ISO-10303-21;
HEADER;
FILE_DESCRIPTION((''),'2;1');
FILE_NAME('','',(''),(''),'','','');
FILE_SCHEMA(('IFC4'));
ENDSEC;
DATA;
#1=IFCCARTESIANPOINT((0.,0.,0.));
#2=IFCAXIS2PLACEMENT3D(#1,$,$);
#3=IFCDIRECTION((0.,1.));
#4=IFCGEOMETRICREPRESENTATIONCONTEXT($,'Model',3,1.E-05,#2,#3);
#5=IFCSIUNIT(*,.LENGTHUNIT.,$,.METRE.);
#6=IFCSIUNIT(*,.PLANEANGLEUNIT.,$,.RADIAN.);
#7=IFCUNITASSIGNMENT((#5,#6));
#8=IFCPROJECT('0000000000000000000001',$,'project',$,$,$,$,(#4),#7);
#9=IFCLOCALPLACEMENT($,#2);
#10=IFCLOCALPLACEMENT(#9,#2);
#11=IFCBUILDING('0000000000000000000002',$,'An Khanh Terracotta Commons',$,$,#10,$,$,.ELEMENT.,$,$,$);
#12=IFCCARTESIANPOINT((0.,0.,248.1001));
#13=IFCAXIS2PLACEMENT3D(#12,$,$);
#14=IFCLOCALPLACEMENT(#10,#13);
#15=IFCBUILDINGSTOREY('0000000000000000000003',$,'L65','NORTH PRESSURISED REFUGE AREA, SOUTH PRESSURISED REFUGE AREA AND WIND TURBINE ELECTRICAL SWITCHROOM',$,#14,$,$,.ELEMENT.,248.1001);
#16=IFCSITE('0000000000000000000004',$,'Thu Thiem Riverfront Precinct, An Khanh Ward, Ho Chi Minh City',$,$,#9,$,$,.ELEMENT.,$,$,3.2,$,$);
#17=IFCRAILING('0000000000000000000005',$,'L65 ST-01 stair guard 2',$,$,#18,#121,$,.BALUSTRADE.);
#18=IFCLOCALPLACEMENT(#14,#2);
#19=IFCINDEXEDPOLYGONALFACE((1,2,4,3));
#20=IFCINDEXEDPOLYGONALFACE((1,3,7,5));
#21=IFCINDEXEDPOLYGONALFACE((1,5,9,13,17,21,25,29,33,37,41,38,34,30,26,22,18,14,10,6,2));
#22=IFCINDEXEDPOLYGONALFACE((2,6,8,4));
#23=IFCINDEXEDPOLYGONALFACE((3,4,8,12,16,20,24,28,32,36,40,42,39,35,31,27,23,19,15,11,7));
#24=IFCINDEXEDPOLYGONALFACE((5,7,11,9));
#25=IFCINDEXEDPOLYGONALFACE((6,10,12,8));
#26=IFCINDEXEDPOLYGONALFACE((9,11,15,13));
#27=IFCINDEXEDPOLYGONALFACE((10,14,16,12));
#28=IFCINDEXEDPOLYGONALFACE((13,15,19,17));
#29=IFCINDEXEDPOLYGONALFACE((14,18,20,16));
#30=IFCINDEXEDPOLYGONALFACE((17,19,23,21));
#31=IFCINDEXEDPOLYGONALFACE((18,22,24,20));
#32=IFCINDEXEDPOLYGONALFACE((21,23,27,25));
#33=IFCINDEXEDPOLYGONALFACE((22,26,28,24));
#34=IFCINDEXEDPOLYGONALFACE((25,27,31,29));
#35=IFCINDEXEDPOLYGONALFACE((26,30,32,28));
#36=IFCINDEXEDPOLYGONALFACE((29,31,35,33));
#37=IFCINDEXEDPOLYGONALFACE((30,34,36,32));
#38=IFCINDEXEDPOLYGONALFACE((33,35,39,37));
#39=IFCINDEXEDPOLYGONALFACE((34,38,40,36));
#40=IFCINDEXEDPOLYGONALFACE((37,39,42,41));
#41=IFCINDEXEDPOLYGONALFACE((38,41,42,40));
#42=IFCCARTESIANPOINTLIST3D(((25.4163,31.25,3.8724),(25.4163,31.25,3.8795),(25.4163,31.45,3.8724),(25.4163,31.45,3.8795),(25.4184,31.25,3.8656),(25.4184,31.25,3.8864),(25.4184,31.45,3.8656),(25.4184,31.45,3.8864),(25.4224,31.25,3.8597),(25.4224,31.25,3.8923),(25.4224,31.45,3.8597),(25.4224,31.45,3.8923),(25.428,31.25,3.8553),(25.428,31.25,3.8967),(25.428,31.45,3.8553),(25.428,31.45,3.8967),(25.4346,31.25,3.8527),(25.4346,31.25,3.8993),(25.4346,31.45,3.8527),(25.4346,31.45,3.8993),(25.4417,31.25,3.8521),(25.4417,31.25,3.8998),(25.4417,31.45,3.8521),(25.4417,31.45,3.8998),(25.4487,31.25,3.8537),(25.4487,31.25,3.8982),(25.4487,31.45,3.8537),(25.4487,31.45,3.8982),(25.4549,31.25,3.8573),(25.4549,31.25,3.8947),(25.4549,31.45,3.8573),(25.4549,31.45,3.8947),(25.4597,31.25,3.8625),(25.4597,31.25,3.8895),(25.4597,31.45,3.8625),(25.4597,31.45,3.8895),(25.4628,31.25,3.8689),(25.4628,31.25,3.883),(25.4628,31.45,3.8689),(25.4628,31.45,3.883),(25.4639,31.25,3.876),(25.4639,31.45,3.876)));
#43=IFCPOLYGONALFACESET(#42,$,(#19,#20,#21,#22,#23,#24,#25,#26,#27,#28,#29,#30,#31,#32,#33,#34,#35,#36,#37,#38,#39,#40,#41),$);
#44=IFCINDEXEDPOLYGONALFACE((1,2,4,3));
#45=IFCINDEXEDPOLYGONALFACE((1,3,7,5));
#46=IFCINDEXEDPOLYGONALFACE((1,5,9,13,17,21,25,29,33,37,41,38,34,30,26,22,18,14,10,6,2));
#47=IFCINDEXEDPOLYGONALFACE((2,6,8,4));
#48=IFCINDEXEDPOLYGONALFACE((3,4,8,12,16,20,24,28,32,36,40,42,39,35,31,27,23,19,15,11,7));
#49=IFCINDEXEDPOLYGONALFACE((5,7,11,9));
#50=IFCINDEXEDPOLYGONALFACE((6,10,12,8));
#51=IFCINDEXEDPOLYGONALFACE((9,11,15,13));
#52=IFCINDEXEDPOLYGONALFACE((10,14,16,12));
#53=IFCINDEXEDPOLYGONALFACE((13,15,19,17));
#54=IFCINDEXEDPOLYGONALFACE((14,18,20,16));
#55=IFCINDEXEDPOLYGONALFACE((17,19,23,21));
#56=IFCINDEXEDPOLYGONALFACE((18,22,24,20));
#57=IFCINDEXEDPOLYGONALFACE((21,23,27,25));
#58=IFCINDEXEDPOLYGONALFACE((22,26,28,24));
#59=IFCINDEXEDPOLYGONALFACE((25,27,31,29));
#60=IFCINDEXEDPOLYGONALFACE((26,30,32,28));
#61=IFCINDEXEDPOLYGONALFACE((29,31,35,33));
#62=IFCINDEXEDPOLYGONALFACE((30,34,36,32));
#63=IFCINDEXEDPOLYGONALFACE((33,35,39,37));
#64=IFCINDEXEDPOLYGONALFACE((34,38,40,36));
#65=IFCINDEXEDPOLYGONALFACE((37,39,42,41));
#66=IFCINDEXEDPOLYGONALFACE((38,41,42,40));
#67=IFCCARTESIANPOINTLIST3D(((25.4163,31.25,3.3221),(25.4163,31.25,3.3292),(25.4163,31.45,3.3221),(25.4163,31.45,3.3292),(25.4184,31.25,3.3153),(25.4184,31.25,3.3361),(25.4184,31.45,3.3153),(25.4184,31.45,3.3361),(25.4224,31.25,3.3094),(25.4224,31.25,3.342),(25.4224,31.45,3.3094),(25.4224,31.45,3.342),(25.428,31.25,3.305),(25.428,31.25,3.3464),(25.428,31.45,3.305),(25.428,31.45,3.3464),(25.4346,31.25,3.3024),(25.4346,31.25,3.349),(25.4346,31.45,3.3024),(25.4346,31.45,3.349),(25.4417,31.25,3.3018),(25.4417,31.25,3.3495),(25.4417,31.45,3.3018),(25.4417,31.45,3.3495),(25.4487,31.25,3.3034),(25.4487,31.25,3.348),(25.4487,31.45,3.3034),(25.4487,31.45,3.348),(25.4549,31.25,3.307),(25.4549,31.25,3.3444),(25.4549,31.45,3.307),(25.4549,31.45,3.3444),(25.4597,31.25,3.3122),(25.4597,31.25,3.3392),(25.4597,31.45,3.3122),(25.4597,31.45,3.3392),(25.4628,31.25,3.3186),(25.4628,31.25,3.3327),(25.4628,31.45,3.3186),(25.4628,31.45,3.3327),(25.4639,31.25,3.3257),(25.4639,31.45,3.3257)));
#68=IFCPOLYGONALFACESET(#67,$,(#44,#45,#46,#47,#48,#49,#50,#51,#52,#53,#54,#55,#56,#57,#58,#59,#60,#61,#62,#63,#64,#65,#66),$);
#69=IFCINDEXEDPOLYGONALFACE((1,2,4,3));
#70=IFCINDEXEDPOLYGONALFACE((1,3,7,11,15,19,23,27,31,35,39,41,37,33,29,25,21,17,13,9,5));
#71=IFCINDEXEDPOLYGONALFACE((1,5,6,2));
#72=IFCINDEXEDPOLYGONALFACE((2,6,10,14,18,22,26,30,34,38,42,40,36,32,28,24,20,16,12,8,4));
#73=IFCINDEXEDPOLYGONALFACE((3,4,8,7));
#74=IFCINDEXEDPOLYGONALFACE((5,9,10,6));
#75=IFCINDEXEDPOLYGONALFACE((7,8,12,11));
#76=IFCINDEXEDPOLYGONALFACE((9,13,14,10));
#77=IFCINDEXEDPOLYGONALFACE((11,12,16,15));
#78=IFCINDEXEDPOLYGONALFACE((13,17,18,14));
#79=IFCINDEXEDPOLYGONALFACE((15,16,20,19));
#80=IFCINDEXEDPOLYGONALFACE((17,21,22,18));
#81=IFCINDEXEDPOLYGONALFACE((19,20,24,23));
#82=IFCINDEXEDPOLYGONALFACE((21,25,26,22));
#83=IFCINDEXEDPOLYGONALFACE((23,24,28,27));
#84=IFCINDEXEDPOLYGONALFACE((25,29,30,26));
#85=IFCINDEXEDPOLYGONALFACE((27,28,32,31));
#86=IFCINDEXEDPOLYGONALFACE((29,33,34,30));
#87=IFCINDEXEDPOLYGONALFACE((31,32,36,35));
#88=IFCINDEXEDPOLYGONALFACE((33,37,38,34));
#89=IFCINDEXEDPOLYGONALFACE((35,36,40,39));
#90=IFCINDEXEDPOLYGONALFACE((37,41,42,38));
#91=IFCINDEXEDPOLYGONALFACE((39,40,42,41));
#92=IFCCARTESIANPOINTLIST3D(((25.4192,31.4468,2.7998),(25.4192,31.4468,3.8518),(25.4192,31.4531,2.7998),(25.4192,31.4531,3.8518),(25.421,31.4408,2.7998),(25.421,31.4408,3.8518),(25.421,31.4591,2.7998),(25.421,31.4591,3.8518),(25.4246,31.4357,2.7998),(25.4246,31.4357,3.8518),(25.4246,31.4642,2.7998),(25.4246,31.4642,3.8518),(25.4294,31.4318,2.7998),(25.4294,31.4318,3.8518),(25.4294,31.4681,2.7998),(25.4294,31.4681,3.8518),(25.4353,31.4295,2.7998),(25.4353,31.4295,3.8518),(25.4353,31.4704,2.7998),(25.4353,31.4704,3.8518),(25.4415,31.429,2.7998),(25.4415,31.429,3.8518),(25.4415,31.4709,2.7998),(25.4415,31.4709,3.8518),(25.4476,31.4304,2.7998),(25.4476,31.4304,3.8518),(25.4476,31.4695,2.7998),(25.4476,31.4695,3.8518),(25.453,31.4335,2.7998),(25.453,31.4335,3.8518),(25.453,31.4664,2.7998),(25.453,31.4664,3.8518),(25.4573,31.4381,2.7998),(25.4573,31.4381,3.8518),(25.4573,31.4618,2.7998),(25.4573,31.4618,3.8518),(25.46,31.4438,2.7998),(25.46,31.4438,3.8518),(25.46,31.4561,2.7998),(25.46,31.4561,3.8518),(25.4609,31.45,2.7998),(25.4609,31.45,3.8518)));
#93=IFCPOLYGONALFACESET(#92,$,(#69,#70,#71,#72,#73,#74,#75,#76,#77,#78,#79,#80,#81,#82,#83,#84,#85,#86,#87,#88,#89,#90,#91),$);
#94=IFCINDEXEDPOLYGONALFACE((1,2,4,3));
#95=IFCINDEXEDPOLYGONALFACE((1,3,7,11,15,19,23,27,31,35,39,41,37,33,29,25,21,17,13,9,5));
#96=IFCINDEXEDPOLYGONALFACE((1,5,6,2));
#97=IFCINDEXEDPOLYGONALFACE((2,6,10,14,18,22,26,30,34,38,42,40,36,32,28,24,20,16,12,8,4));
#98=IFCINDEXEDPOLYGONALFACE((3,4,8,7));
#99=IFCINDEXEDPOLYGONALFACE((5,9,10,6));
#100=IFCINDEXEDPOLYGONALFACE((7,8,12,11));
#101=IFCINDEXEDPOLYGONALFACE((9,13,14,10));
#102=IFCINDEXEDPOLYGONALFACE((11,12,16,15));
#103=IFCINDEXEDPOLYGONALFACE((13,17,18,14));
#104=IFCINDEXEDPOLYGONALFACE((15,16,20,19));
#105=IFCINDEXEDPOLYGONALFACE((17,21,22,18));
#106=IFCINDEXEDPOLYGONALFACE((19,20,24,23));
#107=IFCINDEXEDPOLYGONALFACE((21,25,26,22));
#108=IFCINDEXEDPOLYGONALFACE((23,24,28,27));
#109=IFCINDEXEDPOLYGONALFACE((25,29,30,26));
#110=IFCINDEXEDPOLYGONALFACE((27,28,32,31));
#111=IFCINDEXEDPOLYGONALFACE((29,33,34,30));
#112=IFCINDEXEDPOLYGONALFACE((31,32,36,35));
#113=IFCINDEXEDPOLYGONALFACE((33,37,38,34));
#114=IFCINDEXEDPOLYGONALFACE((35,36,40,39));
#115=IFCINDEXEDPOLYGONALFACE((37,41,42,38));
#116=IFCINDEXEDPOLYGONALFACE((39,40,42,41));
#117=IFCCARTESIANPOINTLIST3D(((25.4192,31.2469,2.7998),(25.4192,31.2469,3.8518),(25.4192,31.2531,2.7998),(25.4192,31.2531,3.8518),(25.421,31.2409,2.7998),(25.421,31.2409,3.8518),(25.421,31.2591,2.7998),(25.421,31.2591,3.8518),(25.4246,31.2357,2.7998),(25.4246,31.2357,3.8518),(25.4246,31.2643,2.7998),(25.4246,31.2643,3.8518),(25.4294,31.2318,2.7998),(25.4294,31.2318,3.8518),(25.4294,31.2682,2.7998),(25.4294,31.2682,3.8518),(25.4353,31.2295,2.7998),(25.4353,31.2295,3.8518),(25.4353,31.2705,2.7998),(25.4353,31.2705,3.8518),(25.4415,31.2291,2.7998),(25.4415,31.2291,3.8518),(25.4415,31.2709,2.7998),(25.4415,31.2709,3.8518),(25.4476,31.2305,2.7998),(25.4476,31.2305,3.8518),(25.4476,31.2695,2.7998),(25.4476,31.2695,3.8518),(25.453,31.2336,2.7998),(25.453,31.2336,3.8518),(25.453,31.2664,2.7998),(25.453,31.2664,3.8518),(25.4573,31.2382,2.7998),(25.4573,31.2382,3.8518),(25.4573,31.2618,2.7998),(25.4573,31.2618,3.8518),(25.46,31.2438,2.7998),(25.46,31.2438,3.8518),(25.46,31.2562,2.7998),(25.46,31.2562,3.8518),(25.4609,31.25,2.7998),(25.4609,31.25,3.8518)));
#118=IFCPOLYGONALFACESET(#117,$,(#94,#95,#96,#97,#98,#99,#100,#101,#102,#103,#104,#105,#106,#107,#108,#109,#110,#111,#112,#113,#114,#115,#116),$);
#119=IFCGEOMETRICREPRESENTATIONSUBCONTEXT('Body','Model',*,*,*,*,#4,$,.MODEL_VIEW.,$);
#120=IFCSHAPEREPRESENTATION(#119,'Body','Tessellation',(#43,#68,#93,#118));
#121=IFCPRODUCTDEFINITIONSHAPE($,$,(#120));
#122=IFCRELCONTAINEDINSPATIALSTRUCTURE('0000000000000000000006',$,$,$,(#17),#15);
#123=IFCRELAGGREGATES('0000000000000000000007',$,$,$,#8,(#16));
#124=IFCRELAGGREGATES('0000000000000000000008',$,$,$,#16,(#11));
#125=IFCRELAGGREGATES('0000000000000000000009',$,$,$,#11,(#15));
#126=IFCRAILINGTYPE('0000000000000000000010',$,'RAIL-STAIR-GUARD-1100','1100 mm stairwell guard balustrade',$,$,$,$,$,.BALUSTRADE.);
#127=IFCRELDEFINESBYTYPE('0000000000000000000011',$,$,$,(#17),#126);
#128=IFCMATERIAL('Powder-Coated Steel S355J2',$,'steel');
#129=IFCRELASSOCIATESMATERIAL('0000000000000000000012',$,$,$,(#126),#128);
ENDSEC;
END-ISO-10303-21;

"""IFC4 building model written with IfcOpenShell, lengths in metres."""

from ifc_helpers import new_model, si_unit, direction, frame, origin, origin_2d, place, context, subcontext, project, spatial, circle, extrude, material, type_object, element, save


model = new_model("IFC4")

# Units and contexts
model_context = context("Model", 3, precision=1e-05, world=origin(), true_north=direction((0.0, 1.0)))
body_context = subcontext(model_context, "Body", "Model", "MODEL_VIEW")
ifc_project = project(units=[si_unit("LENGTHUNIT", "METRE"), si_unit("PLANEANGLEUNIT", "RADIAN")], contexts=[model_context])

# Site, building, storey
site_placement = place(None, origin())
site = spatial("IfcSite", under=ifc_project, at=site_placement, Name="Thu Thiem Riverfront Precinct, An Khanh Ward, Ho Chi Minh City", CompositionType="ELEMENT", RefElevation=3.2)
building_placement = place(site_placement, origin())
building = spatial("IfcBuilding", under=site, at=building_placement, Name="An Khanh Terracotta Commons", CompositionType="ELEMENT")
storey_placement = place(building_placement, frame((0.0, 0.0, 248.1001)))
storey = spatial("IfcBuildingStorey", under=building, at=storey_placement, Name="L65", Description="NORTH PRESSURISED REFUGE AREA, SOUTH PRESSURISED REFUGE AREA AND WIND TURBINE ELECTRICAL SWITCHROOM", CompositionType="ELEMENT", Elevation=248.1001)

# Railing
ifc_material_1 = material(Name="Powder-Coated Steel S355J2", Category="steel")
railing_type_1 = type_object("IfcRailingType", Name="RAIL-STAIR-GUARD-1100", Description="1100 mm stairwell guard balustrade", PredefinedType="BALUSTRADE", material=ifc_material_1)
railing_1_placement = place(storey_placement, frame((25.4399, 31.45, 2.7998)))
element("IfcRailing", 1, at=railing_1_placement, inside=storey, type_object=railing_type_1, Name="L65 ST-01 stair guard 2", PredefinedType="BALUSTRADE", context=body_context, shape_type="SweptSolid", body=[
    extrude(circle(Radius=0.0239, at=origin_2d()), frame((0.0, 0.0, 1.0762), z_axis=(0.0, -1.0, 0.0), x_axis=(1.0, 0.0, 0.0)), (0.0, 0.0, 1.0), 0.2),
    extrude(circle(Radius=0.0239, at=origin_2d()), frame((0.0, 0.0, 0.5259), z_axis=(0.0, -1.0, 0.0), x_axis=(1.0, 0.0, 0.0)), (0.0, 0.0, 1.0), 0.2),
    extrude(circle(Radius=0.021, at=origin_2d()), origin(), (0.0, 0.0, 1.0), 1.052),
    extrude(circle(Radius=0.021, at=origin_2d()), frame((0.0, -0.2, 0.0)), (0.0, 0.0, 1.0), 1.052),
])

save(model, "model.ifc")
